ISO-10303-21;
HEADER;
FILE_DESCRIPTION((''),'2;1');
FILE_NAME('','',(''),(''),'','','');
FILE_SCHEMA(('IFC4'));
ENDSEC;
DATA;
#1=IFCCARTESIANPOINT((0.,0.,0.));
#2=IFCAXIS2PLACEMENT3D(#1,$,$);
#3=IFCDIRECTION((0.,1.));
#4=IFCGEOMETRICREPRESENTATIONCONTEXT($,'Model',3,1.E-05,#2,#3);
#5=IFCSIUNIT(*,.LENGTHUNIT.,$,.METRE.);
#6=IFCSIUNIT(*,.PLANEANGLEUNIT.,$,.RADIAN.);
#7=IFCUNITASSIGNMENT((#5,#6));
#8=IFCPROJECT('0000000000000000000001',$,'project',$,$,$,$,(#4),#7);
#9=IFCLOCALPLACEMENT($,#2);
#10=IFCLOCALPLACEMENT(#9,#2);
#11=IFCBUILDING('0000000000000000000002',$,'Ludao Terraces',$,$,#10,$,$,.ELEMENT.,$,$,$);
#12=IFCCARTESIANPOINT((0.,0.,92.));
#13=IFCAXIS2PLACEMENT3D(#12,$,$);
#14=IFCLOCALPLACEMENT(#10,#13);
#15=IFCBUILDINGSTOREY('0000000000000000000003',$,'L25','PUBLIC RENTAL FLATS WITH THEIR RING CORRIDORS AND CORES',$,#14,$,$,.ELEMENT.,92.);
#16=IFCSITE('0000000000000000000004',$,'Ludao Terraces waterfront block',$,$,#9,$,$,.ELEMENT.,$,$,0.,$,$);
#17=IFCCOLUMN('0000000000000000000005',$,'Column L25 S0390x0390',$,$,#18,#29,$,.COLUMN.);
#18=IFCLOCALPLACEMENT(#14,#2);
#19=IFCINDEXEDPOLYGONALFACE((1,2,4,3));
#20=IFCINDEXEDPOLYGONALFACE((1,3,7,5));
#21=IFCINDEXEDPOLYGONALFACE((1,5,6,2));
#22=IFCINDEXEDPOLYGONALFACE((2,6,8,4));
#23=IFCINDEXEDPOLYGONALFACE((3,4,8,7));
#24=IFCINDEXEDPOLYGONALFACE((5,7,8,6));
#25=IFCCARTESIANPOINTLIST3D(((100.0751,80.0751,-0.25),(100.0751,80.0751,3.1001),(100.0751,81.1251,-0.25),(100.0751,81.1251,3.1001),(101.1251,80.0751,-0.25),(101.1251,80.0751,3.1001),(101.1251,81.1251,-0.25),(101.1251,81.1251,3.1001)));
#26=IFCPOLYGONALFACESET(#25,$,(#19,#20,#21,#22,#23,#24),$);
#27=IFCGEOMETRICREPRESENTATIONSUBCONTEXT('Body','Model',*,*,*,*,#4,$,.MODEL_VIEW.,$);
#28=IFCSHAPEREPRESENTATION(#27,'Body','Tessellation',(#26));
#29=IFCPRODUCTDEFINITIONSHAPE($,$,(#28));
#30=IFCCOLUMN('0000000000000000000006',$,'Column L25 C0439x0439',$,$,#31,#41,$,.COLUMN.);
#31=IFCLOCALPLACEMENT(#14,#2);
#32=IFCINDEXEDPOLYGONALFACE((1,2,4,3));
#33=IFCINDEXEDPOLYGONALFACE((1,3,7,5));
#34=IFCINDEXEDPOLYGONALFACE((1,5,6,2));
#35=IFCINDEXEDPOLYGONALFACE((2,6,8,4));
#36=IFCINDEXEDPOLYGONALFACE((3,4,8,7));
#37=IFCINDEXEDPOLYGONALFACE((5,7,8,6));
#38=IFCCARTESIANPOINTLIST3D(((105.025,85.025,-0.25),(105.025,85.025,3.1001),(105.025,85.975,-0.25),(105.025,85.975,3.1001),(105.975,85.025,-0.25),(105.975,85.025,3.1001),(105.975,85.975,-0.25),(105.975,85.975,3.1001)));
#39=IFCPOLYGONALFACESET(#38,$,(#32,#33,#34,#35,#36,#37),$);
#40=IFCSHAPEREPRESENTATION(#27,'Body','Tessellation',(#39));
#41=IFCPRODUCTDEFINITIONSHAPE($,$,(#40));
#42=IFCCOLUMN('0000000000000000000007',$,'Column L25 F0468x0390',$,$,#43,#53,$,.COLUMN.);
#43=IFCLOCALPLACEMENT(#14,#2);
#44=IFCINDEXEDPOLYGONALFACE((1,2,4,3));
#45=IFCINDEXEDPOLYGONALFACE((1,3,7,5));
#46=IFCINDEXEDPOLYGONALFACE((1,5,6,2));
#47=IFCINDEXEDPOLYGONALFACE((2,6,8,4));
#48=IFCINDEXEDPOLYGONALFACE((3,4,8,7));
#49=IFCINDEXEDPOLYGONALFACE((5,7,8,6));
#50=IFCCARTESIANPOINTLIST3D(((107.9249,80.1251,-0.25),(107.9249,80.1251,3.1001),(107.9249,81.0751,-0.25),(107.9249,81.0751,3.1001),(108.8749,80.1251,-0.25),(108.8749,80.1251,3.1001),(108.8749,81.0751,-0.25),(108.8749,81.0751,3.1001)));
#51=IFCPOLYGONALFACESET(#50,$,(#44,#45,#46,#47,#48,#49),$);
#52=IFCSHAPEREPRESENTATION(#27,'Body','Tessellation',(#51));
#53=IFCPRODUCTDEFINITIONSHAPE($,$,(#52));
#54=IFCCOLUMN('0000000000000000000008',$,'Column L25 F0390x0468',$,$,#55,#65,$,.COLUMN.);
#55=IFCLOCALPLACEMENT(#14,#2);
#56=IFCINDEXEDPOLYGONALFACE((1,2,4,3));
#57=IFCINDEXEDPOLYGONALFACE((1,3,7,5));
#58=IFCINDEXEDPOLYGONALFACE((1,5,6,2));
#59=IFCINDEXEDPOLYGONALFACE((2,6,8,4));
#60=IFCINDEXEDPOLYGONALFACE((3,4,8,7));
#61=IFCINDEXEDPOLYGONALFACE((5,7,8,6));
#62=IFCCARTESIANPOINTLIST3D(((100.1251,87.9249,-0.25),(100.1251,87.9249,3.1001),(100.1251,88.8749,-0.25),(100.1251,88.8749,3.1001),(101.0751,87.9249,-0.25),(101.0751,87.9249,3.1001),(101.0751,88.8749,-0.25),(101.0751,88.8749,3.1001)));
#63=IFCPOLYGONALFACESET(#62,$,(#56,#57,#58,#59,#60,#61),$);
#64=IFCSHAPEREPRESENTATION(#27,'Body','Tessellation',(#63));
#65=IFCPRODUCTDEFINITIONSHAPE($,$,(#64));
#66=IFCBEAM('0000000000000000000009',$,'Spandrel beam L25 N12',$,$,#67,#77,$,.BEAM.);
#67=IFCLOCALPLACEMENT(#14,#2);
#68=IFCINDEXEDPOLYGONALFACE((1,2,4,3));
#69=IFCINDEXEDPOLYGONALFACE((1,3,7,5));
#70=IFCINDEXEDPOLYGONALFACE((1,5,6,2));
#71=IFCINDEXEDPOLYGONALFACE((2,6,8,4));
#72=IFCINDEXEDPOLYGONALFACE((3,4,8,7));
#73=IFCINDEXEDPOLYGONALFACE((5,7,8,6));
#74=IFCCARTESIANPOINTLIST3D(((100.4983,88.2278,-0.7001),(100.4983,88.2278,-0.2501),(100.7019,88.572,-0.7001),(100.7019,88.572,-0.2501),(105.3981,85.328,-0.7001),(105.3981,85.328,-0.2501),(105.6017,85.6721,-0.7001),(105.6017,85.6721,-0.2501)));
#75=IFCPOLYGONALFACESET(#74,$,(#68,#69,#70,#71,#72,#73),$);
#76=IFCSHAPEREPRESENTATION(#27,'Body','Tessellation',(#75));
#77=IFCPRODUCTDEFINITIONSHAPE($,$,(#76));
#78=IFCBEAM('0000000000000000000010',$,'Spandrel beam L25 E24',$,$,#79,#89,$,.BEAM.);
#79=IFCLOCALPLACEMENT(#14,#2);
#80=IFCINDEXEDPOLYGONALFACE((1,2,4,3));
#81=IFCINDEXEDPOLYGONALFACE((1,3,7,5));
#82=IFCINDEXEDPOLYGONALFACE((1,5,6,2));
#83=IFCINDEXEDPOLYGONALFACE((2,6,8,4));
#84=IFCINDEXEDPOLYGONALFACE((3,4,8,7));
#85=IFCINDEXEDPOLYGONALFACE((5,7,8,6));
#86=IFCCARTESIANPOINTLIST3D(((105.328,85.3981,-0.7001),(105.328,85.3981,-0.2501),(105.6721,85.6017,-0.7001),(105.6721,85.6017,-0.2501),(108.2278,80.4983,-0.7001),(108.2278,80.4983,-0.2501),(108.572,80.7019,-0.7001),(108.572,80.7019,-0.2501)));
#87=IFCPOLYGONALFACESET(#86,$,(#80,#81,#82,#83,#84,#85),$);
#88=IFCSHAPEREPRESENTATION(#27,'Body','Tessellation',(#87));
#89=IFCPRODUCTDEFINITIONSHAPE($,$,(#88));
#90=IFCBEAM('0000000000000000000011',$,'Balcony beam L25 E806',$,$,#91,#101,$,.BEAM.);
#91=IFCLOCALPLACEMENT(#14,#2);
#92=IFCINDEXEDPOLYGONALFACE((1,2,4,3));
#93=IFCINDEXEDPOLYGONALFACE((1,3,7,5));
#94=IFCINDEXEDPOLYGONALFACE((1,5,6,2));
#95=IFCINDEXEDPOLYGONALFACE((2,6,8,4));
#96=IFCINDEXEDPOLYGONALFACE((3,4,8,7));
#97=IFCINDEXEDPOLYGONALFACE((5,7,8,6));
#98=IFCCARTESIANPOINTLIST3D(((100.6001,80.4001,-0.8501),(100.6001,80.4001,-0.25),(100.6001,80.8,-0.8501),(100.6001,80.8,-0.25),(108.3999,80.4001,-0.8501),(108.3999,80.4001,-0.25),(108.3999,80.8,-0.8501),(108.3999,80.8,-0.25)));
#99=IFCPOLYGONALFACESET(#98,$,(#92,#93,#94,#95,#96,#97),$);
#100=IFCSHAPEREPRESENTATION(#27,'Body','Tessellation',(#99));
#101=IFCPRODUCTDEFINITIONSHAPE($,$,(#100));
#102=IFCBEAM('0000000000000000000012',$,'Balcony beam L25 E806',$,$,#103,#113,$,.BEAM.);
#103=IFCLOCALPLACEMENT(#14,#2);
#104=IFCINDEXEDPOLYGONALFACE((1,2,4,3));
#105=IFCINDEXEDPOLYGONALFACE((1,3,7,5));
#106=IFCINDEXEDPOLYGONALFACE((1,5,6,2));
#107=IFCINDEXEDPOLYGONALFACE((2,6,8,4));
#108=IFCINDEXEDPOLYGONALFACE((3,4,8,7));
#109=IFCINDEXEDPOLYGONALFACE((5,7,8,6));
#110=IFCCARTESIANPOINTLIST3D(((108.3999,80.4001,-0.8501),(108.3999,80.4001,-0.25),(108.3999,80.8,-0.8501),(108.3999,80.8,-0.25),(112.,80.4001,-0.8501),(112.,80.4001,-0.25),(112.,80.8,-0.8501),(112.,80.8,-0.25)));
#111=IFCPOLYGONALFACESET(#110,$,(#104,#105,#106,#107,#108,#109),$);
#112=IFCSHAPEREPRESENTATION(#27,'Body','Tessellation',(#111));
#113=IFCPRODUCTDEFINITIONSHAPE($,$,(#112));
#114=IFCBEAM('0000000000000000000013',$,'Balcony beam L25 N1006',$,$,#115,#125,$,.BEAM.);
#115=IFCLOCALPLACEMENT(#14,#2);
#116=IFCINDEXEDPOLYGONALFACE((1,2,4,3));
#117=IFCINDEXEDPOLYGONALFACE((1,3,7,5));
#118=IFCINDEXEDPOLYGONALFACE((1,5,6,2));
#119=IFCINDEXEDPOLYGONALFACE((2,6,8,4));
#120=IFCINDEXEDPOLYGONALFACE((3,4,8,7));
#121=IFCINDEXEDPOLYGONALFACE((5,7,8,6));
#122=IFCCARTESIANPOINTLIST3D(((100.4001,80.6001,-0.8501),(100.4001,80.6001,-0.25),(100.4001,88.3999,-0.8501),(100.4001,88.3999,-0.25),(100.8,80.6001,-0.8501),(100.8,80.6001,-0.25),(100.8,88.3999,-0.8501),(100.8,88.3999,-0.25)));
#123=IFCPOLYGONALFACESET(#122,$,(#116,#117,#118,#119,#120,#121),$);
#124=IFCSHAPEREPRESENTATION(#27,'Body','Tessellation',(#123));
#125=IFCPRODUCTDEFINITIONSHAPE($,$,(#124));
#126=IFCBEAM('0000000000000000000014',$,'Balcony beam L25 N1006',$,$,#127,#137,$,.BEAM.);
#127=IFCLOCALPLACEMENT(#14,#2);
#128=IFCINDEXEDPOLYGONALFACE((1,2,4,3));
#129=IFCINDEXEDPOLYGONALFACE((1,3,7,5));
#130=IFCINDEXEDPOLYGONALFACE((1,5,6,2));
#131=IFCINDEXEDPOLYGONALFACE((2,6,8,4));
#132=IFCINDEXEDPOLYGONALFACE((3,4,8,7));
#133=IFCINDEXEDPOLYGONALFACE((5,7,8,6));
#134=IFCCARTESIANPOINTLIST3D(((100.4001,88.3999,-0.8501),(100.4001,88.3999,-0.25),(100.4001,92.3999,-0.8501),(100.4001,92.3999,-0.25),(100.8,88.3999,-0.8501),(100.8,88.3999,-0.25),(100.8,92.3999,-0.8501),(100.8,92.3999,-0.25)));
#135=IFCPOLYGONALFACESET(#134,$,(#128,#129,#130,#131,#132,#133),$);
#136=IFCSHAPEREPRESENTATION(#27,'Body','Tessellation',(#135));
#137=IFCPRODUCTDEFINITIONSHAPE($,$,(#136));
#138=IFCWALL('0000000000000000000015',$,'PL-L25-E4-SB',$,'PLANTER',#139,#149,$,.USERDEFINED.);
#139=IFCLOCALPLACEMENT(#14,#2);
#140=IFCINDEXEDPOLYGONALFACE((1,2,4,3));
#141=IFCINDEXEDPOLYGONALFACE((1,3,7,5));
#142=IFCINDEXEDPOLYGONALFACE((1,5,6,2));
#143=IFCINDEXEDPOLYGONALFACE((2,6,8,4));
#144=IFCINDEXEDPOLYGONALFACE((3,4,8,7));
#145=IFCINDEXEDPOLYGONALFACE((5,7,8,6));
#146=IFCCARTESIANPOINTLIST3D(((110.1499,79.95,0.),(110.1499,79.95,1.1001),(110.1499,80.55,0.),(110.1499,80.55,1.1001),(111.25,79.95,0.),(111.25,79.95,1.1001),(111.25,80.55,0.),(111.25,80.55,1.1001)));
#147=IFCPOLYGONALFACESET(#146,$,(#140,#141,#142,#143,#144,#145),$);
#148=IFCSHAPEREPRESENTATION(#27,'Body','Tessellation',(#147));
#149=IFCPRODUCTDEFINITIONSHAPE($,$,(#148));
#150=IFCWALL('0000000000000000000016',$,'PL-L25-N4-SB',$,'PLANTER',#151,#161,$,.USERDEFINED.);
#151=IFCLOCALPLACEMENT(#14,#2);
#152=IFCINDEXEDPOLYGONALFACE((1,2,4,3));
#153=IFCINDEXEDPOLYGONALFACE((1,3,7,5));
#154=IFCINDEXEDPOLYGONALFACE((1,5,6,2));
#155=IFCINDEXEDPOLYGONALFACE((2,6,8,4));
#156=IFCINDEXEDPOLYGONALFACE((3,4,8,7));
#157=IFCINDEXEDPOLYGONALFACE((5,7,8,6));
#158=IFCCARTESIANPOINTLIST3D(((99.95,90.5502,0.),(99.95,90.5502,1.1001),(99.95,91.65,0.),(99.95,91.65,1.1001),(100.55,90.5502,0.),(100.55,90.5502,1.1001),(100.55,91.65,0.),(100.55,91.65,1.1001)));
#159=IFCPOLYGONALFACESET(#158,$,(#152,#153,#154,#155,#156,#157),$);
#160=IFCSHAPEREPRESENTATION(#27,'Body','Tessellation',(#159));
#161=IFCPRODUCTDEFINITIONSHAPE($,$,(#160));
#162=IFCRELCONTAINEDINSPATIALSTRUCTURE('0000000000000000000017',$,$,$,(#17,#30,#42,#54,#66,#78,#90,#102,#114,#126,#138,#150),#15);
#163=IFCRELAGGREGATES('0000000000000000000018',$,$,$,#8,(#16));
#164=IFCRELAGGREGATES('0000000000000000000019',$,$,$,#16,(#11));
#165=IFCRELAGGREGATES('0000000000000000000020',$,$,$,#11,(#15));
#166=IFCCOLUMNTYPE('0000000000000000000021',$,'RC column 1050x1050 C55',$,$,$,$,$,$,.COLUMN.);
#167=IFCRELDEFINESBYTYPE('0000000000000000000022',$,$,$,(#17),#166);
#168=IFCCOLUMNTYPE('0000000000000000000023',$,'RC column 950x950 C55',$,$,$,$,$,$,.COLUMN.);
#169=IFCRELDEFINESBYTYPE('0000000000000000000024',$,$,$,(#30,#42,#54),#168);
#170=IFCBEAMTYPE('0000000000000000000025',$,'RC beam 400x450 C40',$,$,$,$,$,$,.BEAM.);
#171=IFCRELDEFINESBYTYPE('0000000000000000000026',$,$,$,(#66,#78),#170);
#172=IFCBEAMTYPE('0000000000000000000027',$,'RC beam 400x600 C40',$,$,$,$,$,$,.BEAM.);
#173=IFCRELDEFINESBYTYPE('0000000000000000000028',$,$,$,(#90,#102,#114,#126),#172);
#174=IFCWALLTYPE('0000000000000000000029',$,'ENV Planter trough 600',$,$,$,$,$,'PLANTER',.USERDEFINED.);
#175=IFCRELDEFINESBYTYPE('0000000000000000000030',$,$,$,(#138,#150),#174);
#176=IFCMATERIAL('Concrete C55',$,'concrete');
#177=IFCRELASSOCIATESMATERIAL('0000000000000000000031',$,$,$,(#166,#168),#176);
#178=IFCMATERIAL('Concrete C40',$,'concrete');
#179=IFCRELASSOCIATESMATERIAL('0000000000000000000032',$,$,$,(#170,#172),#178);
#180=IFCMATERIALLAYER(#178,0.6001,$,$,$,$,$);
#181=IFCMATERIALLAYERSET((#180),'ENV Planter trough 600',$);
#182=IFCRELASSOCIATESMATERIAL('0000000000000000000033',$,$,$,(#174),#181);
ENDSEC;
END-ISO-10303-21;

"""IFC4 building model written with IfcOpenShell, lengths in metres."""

from ifc_helpers import new_model, si_unit, direction, frame, frame_2d, origin, origin_2d, place, context, subcontext, project, spatial, rectangle, extrude, material, layer, layer_set, material_profile, profile_set, type_object, element, save


model = new_model("IFC4")

# Units and contexts
model_context = context("Model", 3, precision=1e-05, world=origin(), true_north=direction((0.0, 1.0)))
body_context = subcontext(model_context, "Body", "Model", "MODEL_VIEW")
ifc_project = project(units=[si_unit("LENGTHUNIT", "METRE"), si_unit("PLANEANGLEUNIT", "RADIAN")], contexts=[model_context])

# Site, building, storey
site_placement = place(None, origin())
site = spatial("IfcSite", under=ifc_project, at=site_placement, Name="Ludao Terraces waterfront block", CompositionType="ELEMENT", RefElevation=0.0)
building_placement = place(site_placement, origin())
building = spatial("IfcBuilding", under=site, at=building_placement, Name="Ludao Terraces", CompositionType="ELEMENT")
storey_placement = place(building_placement, frame((0.0, 0.0, 92.0)))
storey = spatial("IfcBuildingStorey", under=building, at=storey_placement, Name="L25", Description="PUBLIC RENTAL FLATS WITH THEIR RING CORRIDORS AND CORES", CompositionType="ELEMENT", Elevation=92.0)

# Columns
ifc_material_1 = material(Name="Concrete C55", Category="concrete")
ifc_material_profile_1 = material_profile(ifc_material_1, rectangle(XDim=1.05, YDim=1.05, at=origin_2d()), Name="1050 X 1050")
ifc_profile_set_1 = profile_set([ifc_material_profile_1], Name="Concrete C55")
column_type_1 = type_object("IfcColumnType", Name="RC column 1050x1050 C55", PredefinedType="COLUMN", material=ifc_profile_set_1)
column_placement = place(storey_placement, frame((100.6001, 80.6001, -0.25), z_axis=(0.0, 0.0, 1.0), x_axis=(1.0, 0.0, 0.0)))
element("IfcColumn", 1, at=column_placement, inside=storey, type_object=column_type_1, Name="Column L25 S0390x0390", PredefinedType="COLUMN", context=body_context, shape_type="SweptSolid", body=[
    extrude(rectangle(XDim=1.05, YDim=1.05, at=origin_2d()), origin(), (0.0, 0.0, 1.0), 3.3501),
])
ifc_material_profile_2 = material_profile(ifc_material_1, rectangle(XDim=0.95, YDim=0.95, at=origin_2d()), Name="950 X 950")
ifc_profile_set_2 = profile_set([ifc_material_profile_2], Name="Concrete C55")
column_type_2 = type_object("IfcColumnType", Name="RC column 950x950 C55", PredefinedType="COLUMN", material=ifc_profile_set_2)
for number, where, z_axis, x_axis, name in (
    (2, (105.5, 85.5, -0.25), (0.0, 0.0, 1.0), (1.0, 0.0, 0.0), "Column L25 C0439x0439"),
    (3, (108.3999, 80.6001, -0.25), (0.0, 0.0, 1.0), (1.0, 0.0, 0.0), "Column L25 F0468x0390"),
    (4, (100.6001, 88.3999, -0.25), (0.0, 0.0, 1.0), (1.0, 0.0, 0.0), "Column L25 F0390x0468"),
):
    element("IfcColumn", number, at=place(storey_placement, frame(where, z_axis=z_axis, x_axis=x_axis)), inside=storey, type_object=column_type_2, Name=name, PredefinedType="COLUMN", context=body_context, shape_type="SweptSolid", body=[
        extrude(rectangle(XDim=0.95, YDim=0.95, at=origin_2d()), origin(), (0.0, 0.0, 1.0), 3.3501),
    ])

# Beams
ifc_material_2 = material(Name="Concrete C40", Category="concrete")
ifc_material_profile_3 = material_profile(ifc_material_2, rectangle(XDim=0.3999, YDim=0.45, at=origin_2d()), Name="400 X 450")
ifc_profile_set_3 = profile_set([ifc_material_profile_3], Name="Concrete C40")
beam_type_1 = type_object("IfcBeamType", Name="RC beam 400x450 C40", PredefinedType="BEAM", material=ifc_profile_set_3)
for number, where, z_axis, x_axis, name in (
    (5, (100.6001, 88.3999, -0.4751), (0.86058, -0.509316, 0.0), (0.509316, 0.86058, 0.0), "Spandrel beam L25 N12"),
    (6, (108.3999, 80.6001, -0.4751), (-0.509316, 0.86058, 0.0), (-0.86058, -0.509316, 0.0), "Spandrel beam L25 E24"),
):
    element("IfcBeam", number, at=place(storey_placement, frame(where, z_axis=z_axis, x_axis=x_axis)), inside=storey, type_object=beam_type_1, Name=name, PredefinedType="BEAM", context=body_context, shape_type="SweptSolid", body=[
        extrude(rectangle(XDim=0.3999, YDim=0.45, at=origin_2d()), origin(), (0.0, 0.0, 1.0), 5.6936),
    ])
ifc_material_profile_4 = material_profile(ifc_material_2, rectangle(XDim=0.3999, YDim=0.6001, at=origin_2d()), Name="400 X 600")
ifc_profile_set_4 = profile_set([ifc_material_profile_4], Name="Concrete C40")
beam_type_2 = type_object("IfcBeamType", Name="RC beam 400x600 C40", PredefinedType="BEAM", material=ifc_profile_set_4)
beam_1_placement = place(storey_placement, frame((100.6001, 80.6001, -0.55), z_axis=(1.0, 0.0, 0.0), x_axis=(0.0, 1.0, 0.0)))
element("IfcBeam", 7, at=beam_1_placement, inside=storey, type_object=beam_type_2, Name="Balcony beam L25 E806", PredefinedType="BEAM", context=body_context, shape_type="SweptSolid", body=[
    extrude(rectangle(XDim=0.3999, YDim=0.6001, at=origin_2d()), origin(), (0.0, 0.0, 1.0), 7.7998),
])
beam_2_placement = place(storey_placement, frame((108.3999, 80.6001, -0.55), z_axis=(1.0, 0.0, 0.0), x_axis=(0.0, 1.0, 0.0)))
element("IfcBeam", 8, at=beam_2_placement, inside=storey, type_object=beam_type_2, Name="Balcony beam L25 E806", PredefinedType="BEAM", context=body_context, shape_type="SweptSolid", body=[
    extrude(rectangle(XDim=0.3999, YDim=0.6001, at=origin_2d()), origin(), (0.0, 0.0, 1.0), 3.6001),
])
beam_3_placement = place(storey_placement, frame((100.6001, 80.6001, -0.55), z_axis=(0.0, 1.0, 0.0), x_axis=(-1.0, 0.0, 0.0)))
element("IfcBeam", 9, at=beam_3_placement, inside=storey, type_object=beam_type_2, Name="Balcony beam L25 N1006", PredefinedType="BEAM", context=body_context, shape_type="SweptSolid", body=[
    extrude(rectangle(XDim=0.3999, YDim=0.6001, at=origin_2d()), origin(), (0.0, 0.0, 1.0), 7.7998),
])
beam_4_placement = place(storey_placement, frame((100.6001, 88.3999, -0.55), z_axis=(0.0, 1.0, 0.0), x_axis=(-1.0, 0.0, 0.0)))
element("IfcBeam", 10, at=beam_4_placement, inside=storey, type_object=beam_type_2, Name="Balcony beam L25 N1006", PredefinedType="BEAM", context=body_context, shape_type="SweptSolid", body=[
    extrude(rectangle(XDim=0.3999, YDim=0.6001, at=origin_2d()), origin(), (0.0, 0.0, 1.0), 4.0),
])

# Walls
ifc_layer_1 = layer(ifc_material_2, 0.6001)
ifc_layer_set_1 = layer_set([ifc_layer_1], Name="ENV Planter trough 600")
wall_type_1 = type_object("IfcWallType", Name="ENV Planter trough 600", ElementType="PLANTER", PredefinedType="USERDEFINED", material=ifc_layer_set_1)
wall_1_placement = place(storey_placement, frame((111.25, 80.25, 0.0), z_axis=(0.0, 0.0, 1.0), x_axis=(-1.0, 0.0, 0.0)))
element("IfcWall", 11, at=wall_1_placement, inside=storey, type_object=wall_type_1, Name="PL-L25-E4-SB", ObjectType="PLANTER", PredefinedType="USERDEFINED", context=body_context, shape_type="SweptSolid", body=[
    extrude(rectangle(XDim=1.1001, YDim=0.6001, at=frame_2d((0.55, 0.0))), origin(), (0.0, 0.0, 1.0), 1.1001),
])
wall_2_placement = place(storey_placement, frame((100.25, 91.6499, 0.0), z_axis=(0.0, 0.0, 1.0), x_axis=(0.0, -1.0, 0.0)))
element("IfcWall", 12, at=wall_2_placement, inside=storey, type_object=wall_type_1, Name="PL-L25-N4-SB", ObjectType="PLANTER", PredefinedType="USERDEFINED", context=body_context, shape_type="SweptSolid", body=[
    extrude(rectangle(XDim=1.0999, YDim=0.6001, at=frame_2d((0.5498, 0.0))), origin(), (0.0, 0.0, 1.0), 1.1001),
])

save(model, "model.ifc")
